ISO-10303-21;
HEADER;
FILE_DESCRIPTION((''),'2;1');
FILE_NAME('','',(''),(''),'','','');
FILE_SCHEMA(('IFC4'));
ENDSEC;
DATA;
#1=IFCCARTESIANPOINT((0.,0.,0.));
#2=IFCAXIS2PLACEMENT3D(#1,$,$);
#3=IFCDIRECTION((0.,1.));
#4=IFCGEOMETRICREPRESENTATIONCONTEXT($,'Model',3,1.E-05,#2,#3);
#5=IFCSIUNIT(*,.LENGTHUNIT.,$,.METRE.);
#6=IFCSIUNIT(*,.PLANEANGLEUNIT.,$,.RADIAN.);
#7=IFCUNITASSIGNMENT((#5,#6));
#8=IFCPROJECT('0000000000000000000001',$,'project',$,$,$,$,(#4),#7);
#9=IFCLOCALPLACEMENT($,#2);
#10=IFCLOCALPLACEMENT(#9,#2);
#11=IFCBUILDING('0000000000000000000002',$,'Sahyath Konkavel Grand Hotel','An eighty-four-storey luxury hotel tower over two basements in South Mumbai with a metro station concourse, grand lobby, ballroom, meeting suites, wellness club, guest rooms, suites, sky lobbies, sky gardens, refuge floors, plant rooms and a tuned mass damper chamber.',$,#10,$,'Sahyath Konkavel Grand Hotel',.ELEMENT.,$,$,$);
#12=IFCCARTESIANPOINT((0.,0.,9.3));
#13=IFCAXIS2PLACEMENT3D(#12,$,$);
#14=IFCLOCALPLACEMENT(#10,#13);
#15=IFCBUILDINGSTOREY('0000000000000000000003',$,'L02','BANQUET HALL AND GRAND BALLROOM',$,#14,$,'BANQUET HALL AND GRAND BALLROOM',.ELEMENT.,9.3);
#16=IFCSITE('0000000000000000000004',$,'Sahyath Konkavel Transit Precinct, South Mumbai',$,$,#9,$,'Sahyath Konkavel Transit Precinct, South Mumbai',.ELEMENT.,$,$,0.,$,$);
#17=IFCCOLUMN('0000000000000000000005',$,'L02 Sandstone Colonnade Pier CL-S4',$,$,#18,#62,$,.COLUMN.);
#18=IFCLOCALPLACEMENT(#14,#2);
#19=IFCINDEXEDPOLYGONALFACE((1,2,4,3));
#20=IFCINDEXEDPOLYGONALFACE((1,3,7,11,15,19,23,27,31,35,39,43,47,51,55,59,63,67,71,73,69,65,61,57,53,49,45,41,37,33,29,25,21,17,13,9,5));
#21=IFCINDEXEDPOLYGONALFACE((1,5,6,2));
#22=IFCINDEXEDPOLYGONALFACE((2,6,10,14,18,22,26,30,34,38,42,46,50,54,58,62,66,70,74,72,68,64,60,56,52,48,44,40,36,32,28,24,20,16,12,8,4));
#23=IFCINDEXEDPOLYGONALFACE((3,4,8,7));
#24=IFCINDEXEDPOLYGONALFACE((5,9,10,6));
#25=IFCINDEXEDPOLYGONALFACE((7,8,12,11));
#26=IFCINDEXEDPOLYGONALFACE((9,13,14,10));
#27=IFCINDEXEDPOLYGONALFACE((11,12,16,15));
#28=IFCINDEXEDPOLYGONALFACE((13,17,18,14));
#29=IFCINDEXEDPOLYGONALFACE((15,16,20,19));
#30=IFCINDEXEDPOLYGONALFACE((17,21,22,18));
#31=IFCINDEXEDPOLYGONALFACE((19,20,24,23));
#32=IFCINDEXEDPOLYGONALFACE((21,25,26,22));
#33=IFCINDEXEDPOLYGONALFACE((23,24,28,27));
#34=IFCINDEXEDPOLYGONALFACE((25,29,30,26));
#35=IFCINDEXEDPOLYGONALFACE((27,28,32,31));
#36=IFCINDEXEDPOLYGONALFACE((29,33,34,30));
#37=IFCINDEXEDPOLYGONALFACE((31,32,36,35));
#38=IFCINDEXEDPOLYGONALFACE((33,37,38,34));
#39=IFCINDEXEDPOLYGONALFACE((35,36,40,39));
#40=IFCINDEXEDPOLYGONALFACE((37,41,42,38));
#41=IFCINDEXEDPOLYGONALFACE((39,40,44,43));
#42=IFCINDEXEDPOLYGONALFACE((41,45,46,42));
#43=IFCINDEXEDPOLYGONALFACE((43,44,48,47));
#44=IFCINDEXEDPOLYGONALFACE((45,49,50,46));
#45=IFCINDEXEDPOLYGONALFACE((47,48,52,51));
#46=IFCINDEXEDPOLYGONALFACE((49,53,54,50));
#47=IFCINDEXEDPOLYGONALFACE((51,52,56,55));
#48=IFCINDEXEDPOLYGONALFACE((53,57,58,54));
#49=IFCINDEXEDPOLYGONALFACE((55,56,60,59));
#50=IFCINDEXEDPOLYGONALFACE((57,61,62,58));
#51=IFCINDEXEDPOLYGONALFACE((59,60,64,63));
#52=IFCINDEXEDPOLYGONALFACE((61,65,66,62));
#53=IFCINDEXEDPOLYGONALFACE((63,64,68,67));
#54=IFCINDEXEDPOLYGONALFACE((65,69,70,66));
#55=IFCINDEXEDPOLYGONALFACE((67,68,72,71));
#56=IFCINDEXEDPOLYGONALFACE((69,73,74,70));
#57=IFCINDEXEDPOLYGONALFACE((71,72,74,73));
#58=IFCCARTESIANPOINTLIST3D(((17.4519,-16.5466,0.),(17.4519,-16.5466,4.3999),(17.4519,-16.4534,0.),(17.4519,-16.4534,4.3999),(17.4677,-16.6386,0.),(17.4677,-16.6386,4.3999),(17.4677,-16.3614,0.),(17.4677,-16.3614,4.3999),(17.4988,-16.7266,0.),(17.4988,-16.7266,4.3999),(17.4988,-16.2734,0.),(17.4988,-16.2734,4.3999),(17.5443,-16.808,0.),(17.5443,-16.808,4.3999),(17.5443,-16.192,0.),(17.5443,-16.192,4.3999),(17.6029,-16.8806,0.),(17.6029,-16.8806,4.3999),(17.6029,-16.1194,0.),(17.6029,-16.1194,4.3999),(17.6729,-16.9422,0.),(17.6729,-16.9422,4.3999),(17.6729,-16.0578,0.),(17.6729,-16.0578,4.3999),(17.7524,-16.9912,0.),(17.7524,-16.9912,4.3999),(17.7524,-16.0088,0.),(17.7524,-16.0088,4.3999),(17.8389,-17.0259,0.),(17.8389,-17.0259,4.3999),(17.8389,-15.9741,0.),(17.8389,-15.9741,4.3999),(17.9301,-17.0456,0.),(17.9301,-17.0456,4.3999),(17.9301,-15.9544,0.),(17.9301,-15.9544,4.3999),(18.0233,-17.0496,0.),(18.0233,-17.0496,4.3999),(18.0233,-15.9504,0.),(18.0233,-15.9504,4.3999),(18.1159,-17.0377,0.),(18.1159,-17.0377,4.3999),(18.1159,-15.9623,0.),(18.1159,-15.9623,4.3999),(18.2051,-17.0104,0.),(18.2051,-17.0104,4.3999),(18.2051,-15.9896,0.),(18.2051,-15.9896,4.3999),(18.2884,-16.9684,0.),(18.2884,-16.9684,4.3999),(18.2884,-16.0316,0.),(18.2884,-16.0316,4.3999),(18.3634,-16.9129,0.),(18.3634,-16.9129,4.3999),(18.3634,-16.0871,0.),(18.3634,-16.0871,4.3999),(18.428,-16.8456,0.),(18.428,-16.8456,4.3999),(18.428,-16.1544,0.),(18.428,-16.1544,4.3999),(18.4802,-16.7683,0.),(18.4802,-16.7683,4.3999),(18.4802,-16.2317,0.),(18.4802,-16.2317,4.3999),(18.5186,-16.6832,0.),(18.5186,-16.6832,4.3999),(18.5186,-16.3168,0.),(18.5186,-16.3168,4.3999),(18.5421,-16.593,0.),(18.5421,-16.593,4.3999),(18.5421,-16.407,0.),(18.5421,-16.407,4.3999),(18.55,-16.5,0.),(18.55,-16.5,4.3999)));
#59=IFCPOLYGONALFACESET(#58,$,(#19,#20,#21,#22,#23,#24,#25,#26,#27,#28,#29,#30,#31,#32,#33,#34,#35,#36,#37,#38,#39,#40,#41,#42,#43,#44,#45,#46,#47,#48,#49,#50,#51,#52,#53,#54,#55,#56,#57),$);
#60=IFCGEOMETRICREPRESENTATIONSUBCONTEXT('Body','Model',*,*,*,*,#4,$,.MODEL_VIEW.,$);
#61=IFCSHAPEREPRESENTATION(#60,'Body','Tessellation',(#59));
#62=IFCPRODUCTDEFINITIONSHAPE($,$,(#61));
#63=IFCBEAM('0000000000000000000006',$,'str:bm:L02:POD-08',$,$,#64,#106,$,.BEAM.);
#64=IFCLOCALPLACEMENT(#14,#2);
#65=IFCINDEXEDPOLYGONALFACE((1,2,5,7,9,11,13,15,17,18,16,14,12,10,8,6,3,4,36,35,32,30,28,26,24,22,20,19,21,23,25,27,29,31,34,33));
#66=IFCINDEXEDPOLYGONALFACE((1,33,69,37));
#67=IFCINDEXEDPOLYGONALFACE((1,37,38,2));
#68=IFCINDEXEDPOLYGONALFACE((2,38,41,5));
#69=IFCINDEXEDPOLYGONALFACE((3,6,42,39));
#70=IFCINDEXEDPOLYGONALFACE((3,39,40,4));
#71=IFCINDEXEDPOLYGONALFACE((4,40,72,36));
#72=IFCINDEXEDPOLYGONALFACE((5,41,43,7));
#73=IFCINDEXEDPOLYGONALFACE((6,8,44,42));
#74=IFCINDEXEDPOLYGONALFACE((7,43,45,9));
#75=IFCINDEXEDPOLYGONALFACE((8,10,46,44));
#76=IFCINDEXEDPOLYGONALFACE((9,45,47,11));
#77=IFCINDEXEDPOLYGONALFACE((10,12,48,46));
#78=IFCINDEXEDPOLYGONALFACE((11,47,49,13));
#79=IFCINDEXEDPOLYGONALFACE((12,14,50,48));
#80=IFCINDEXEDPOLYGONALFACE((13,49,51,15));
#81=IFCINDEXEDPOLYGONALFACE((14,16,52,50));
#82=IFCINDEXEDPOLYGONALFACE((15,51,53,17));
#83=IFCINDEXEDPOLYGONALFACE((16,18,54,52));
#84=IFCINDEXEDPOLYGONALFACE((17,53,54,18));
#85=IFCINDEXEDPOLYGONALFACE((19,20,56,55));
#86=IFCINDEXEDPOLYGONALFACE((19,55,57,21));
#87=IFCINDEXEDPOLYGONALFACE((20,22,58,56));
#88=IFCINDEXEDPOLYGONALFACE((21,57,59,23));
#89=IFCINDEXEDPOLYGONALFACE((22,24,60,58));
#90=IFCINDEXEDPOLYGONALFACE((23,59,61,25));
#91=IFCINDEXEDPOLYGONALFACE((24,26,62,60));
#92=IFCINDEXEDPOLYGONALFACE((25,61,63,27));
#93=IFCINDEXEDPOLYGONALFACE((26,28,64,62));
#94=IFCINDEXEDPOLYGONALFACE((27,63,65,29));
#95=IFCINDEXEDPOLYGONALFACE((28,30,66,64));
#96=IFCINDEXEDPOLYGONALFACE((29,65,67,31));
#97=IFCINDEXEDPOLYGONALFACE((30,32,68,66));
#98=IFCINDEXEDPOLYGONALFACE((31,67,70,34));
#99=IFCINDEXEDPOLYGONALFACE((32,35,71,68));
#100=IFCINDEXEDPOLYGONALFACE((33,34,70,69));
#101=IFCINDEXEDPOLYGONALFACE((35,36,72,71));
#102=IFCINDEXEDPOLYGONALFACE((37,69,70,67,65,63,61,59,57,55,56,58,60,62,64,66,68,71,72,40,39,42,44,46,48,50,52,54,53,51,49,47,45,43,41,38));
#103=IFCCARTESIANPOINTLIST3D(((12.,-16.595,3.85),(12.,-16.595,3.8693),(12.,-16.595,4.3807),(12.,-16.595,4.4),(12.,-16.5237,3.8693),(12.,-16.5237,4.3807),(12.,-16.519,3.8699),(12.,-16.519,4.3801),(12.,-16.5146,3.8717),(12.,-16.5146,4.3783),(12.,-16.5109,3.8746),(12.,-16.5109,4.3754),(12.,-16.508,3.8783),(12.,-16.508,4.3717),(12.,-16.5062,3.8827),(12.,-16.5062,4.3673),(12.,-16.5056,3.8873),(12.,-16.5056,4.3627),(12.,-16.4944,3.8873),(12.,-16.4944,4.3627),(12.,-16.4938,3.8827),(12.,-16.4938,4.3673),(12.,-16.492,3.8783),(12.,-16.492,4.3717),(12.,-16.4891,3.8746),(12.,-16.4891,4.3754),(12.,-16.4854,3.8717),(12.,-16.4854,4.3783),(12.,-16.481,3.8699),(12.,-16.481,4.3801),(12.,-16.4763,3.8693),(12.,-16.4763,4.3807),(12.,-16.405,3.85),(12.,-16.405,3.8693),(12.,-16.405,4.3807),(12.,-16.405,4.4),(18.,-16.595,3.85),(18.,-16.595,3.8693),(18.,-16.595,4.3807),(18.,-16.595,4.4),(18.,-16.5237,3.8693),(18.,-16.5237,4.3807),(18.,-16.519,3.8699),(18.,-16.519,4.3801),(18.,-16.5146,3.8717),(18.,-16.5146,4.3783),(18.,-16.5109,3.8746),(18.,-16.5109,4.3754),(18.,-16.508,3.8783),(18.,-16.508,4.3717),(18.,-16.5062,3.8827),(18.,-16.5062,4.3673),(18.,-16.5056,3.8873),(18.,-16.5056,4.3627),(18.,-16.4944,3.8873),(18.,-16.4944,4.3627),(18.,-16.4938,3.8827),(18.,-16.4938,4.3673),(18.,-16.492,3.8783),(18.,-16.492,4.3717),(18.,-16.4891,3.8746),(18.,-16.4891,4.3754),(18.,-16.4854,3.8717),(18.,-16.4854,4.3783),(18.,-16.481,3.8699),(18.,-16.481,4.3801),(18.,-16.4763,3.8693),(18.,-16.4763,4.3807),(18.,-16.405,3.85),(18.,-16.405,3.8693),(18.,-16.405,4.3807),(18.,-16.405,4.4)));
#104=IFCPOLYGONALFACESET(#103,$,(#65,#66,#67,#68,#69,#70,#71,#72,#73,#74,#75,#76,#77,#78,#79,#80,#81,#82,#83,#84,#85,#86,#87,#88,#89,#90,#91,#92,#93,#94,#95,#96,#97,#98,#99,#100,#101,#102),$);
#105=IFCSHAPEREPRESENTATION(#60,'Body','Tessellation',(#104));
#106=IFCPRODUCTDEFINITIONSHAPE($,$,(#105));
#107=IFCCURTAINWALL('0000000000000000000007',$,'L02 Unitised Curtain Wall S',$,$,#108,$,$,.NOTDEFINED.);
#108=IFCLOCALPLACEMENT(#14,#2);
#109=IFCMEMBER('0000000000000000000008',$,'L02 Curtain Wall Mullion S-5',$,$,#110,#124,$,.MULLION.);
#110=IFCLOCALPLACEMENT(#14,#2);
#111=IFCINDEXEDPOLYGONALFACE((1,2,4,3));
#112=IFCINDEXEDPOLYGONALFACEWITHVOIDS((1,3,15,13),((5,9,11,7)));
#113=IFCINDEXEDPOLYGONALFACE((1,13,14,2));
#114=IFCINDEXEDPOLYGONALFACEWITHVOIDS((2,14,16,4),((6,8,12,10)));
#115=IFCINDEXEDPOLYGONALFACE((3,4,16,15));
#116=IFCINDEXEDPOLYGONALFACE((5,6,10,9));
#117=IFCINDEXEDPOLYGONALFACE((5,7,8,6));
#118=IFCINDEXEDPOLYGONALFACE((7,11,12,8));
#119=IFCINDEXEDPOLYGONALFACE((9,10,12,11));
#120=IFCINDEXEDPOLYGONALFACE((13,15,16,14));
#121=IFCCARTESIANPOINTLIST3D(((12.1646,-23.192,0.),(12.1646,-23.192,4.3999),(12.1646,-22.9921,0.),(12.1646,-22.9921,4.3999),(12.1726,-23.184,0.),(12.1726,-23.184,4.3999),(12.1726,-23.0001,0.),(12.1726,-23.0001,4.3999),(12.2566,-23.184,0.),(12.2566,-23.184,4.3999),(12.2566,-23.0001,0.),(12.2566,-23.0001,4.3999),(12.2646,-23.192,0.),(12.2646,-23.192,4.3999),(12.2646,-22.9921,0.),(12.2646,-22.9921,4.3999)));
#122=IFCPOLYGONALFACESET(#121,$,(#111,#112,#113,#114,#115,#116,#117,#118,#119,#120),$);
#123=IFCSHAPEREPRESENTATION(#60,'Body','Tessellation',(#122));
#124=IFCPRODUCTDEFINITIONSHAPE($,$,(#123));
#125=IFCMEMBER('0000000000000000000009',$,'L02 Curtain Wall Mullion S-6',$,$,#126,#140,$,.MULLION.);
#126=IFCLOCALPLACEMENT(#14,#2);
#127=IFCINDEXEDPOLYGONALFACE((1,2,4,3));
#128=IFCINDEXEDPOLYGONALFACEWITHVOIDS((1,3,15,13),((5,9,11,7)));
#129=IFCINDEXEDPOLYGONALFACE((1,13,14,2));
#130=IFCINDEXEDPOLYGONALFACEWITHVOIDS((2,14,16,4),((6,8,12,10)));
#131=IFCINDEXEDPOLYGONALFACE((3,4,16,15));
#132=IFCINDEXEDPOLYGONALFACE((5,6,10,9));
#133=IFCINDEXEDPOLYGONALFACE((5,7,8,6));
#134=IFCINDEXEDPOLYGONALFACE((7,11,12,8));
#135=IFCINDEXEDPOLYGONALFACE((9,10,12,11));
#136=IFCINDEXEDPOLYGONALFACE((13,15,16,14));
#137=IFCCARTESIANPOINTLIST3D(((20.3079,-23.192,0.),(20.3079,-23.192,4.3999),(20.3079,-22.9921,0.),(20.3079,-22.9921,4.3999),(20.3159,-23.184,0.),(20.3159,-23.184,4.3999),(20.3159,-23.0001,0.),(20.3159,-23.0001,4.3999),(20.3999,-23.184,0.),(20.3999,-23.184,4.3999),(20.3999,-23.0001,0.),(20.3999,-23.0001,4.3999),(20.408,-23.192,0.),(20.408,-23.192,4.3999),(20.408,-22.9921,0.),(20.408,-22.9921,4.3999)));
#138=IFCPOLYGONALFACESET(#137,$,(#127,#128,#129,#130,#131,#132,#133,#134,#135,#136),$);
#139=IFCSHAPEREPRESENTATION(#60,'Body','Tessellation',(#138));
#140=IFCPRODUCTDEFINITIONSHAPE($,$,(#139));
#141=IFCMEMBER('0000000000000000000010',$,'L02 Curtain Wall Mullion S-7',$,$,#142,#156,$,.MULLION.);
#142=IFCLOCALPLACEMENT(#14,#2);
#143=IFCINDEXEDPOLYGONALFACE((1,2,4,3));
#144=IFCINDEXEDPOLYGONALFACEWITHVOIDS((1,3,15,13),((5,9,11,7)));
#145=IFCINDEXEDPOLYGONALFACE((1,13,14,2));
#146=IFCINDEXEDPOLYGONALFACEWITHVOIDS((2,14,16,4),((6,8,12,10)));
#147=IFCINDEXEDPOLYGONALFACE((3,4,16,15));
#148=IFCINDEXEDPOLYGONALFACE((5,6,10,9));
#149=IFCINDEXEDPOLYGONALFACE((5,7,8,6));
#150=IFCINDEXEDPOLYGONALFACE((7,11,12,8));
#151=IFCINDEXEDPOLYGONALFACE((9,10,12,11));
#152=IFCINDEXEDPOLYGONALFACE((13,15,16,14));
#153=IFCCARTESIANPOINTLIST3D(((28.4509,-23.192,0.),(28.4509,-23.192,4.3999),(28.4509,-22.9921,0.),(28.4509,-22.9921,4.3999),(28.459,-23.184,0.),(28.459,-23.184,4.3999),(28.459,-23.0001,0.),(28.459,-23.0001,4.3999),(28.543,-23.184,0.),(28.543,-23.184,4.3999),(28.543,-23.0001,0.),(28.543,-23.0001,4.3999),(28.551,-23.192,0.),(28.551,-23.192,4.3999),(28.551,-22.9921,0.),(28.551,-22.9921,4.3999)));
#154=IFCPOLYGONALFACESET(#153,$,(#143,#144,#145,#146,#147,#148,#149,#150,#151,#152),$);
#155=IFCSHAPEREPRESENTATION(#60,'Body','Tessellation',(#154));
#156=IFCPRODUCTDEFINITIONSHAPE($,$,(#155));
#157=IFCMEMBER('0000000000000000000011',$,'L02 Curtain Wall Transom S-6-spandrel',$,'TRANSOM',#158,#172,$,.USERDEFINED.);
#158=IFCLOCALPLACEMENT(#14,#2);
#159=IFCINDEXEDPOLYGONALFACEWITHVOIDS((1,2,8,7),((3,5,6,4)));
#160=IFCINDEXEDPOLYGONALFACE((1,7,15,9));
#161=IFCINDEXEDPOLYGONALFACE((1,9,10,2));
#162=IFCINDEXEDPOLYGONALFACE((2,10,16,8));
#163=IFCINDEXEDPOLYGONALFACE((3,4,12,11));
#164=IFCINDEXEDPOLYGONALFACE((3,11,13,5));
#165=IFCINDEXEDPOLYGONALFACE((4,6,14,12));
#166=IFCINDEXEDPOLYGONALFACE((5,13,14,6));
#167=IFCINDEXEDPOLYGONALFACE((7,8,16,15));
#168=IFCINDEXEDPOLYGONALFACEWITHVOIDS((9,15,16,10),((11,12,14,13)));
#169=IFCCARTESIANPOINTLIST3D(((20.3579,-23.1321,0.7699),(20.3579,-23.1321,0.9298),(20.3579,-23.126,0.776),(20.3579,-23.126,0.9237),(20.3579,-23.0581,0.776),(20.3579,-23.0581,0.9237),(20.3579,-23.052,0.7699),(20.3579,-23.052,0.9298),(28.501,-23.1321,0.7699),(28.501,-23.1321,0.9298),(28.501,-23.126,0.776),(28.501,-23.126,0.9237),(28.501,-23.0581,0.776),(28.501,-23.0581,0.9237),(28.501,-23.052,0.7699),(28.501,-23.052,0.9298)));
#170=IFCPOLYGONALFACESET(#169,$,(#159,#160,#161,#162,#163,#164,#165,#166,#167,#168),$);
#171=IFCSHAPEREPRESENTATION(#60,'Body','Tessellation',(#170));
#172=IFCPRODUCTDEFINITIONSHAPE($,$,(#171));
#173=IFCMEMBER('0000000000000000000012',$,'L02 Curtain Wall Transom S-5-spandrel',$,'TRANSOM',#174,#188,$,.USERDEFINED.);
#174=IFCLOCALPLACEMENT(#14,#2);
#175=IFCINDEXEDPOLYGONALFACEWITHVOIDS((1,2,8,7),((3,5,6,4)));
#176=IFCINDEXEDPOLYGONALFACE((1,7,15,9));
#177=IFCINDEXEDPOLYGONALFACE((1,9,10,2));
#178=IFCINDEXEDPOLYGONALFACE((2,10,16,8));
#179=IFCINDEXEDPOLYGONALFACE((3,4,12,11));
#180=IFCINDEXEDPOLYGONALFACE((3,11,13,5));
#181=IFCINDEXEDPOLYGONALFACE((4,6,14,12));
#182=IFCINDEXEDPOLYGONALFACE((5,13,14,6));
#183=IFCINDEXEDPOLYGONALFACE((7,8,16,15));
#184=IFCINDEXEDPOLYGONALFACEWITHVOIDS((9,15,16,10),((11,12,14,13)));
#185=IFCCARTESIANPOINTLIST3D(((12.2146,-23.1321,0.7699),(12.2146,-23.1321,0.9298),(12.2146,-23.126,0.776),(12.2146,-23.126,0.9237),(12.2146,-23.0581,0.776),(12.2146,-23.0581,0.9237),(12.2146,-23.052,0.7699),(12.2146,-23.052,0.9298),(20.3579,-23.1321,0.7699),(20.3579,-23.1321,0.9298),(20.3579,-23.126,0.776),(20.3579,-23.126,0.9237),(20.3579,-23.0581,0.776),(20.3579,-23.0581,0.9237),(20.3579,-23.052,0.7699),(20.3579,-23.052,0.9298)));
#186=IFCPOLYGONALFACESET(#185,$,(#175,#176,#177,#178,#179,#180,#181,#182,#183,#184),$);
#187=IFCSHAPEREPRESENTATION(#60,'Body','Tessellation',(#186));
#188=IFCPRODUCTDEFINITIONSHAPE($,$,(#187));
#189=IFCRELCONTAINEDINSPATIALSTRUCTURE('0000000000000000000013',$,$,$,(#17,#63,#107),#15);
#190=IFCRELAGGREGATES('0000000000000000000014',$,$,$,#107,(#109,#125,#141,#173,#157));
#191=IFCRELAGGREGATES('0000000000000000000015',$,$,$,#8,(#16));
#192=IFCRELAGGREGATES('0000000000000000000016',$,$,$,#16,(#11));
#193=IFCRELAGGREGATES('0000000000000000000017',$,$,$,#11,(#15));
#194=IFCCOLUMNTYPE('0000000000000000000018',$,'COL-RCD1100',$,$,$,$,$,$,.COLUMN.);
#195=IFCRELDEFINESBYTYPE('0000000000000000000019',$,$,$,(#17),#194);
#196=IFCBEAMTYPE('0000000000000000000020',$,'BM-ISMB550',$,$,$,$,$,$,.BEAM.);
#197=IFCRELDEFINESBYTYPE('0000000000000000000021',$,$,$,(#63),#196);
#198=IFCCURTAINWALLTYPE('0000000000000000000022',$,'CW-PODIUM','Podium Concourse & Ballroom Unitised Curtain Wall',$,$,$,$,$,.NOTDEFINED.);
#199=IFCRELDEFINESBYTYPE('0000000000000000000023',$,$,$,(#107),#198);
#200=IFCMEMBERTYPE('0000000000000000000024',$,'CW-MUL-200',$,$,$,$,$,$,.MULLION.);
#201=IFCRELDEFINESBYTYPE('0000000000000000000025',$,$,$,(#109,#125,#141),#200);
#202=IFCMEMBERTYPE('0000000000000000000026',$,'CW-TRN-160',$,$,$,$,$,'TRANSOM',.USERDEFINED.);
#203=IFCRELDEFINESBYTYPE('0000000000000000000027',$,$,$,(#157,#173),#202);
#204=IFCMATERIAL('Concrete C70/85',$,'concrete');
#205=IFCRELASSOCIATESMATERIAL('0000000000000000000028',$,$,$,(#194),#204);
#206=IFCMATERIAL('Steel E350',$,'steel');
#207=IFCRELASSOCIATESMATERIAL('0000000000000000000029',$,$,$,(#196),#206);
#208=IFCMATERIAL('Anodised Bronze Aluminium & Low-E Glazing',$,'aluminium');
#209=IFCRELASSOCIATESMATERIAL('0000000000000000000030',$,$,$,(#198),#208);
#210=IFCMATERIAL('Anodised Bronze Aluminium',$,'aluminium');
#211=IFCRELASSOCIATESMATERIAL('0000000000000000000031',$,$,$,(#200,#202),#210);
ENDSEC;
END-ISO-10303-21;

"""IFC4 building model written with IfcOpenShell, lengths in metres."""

from ifc_helpers import new_model, si_unit, direction, frame, origin, origin_2d, place, context, subcontext, project, spatial, hollow_rectangle, circle, i_section, extrude, source, transform, mapped, material, material_profile, profile_set, type_object, element, aggregate, save


model = new_model("IFC4")

# Units and contexts
model_context = context("Model", 3, precision=1e-05, world=origin(), true_north=direction((0.0, 1.0)))
body_context = subcontext(model_context, "Body", "Model", "MODEL_VIEW")
ifc_project = project(units=[si_unit("LENGTHUNIT", "METRE"), si_unit("PLANEANGLEUNIT", "RADIAN")], contexts=[model_context])

# Site, building, storey
site_placement = place(None, origin())
site = spatial("IfcSite", under=ifc_project, at=site_placement, Name="Sahyath Konkavel Transit Precinct, South Mumbai", LongName="Sahyath Konkavel Transit Precinct, South Mumbai", CompositionType="ELEMENT", RefElevation=0.0)
building_placement = place(site_placement, origin())
building = spatial("IfcBuilding", under=site, at=building_placement, Name="Sahyath Konkavel Grand Hotel", Description="An eighty-four-storey luxury hotel tower over two basements in South Mumbai with a metro station concourse, grand lobby, ballroom, meeting suites, wellness club, guest rooms, suites, sky lobbies, sky gardens, refuge floors, plant rooms and a tuned mass damper chamber.", LongName="Sahyath Konkavel Grand Hotel", CompositionType="ELEMENT")
storey_placement = place(building_placement, frame((0.0, 0.0, 9.3)))
storey = spatial("IfcBuildingStorey", under=building, at=storey_placement, Name="L02", Description="BANQUET HALL AND GRAND BALLROOM", LongName="BANQUET HALL AND GRAND BALLROOM", CompositionType="ELEMENT", Elevation=9.3)

# Column
ifc_material_1 = material(Name="Concrete C70/85", Category="concrete")
ifc_material_profile_1 = material_profile(ifc_material_1, circle(Radius=0.55, at=origin_2d()), Name="RC D1100")
ifc_profile_set_1 = profile_set([ifc_material_profile_1], Name="Concrete C70/85")
column_type = type_object("IfcColumnType", Name="COL-RCD1100", PredefinedType="COLUMN", material=ifc_profile_set_1)
shared_shape_1 = source(origin(), body_context, "Body", "SweptSolid", [
    extrude(circle(Radius=0.55, at=origin_2d()), origin(), (0.0, 0.0, 1.0), 4.3999),
])
column_placement = place(storey_placement, frame((18.0, -16.5, 0.0), z_axis=(0.0, 0.0, 1.0), x_axis=(1.0, 0.0, 0.0)))
element("IfcColumn", 1, at=column_placement, inside=storey, type_object=column_type, Name="L02 Sandstone Colonnade Pier CL-S4", PredefinedType="COLUMN", context=body_context, shape_type="MappedRepresentation", body=[
    mapped(shared_shape_1, transform((0.0, 0.0, 0.0), scale=1.0)),
])

# Beam
ifc_material_2 = material(Name="Steel E350", Category="steel")
ifc_material_profile_2 = material_profile(ifc_material_2, i_section(OverallWidth=0.1899, OverallDepth=0.55, WebThickness=0.0112, FlangeThickness=0.0193, FilletRadius=0.0181, at=origin_2d()), Name="ISMB 550")
ifc_profile_set_2 = profile_set([ifc_material_profile_2], Name="Steel E350")
beam_type = type_object("IfcBeamType", Name="BM-ISMB550", PredefinedType="BEAM", material=ifc_profile_set_2)
shared_shape_2 = source(origin(), body_context, "Body", "SweptSolid", [
    extrude(i_section(OverallWidth=0.1899, OverallDepth=0.55, WebThickness=0.0112, FlangeThickness=0.0193, FilletRadius=0.0181, at=origin_2d()), origin(), (0.0, 0.0, 1.0), 6.0),
])
beam_placement = place(storey_placement, frame((12.0, -16.5, 4.125), z_axis=(1.0, 0.0, 0.0), x_axis=(0.0, 1.0, 0.0)))
element("IfcBeam", 2, at=beam_placement, inside=storey, type_object=beam_type, Name="str:bm:L02:POD-08", PredefinedType="BEAM", context=body_context, shape_type="MappedRepresentation", body=[
    mapped(shared_shape_2, transform((0.0, 0.0, 0.0), scale=1.0)),
])

# Curtain wall, members
ifc_material_3 = material(Name="Anodised Bronze Aluminium & Low-E Glazing", Category="aluminium")
curtain_wall_type = type_object("IfcCurtainWallType", Name="CW-PODIUM", Description="Podium Concourse & Ballroom Unitised Curtain Wall", PredefinedType="NOTDEFINED", material=ifc_material_3)
curtain_wall_placement = place(storey_placement, origin())
curtain_wall = element("IfcCurtainWall", 3, at=curtain_wall_placement, inside=storey, type_object=curtain_wall_type, Name="L02 Unitised Curtain Wall S", PredefinedType="NOTDEFINED")
ifc_material_4 = material(Name="Anodised Bronze Aluminium", Category="aluminium")
ifc_material_profile_3 = material_profile(ifc_material_4, hollow_rectangle(XDim=0.1001, YDim=0.2, WallThickness=0.0081, at=origin_2d()), Name="RHS 200x100x8")
ifc_profile_set_3 = profile_set([ifc_material_profile_3], Name="Anodised Bronze Aluminium")
member_type_1 = type_object("IfcMemberType", Name="CW-MUL-200", PredefinedType="MULLION", material=ifc_profile_set_3)
shared_shape_3 = source(origin(), body_context, "Body", "SweptSolid", [
    extrude(hollow_rectangle(XDim=0.1001, YDim=0.2, WallThickness=0.0081, at=origin_2d()), origin(), (0.0, 0.0, 1.0), 4.3999),
])
member_1_placement = place(storey_placement, frame((12.2146, -23.092, 0.0), z_axis=(0.0, 0.0, 1.0), x_axis=(1.0, 0.0, 0.0)))
member_1 = element("IfcMember", 4, at=member_1_placement, type_object=member_type_1, Name="L02 Curtain Wall Mullion S-5", PredefinedType="MULLION", context=body_context, shape_type="MappedRepresentation", body=[
    mapped(shared_shape_3, transform((0.0, 0.0, 0.0), scale=1.0)),
])
member_2_placement = place(storey_placement, frame((20.3579, -23.092, 0.0), z_axis=(0.0, 0.0, 1.0), x_axis=(1.0, 0.0, 0.0)))
member_2 = element("IfcMember", 5, at=member_2_placement, type_object=member_type_1, Name="L02 Curtain Wall Mullion S-6", PredefinedType="MULLION", context=body_context, shape_type="MappedRepresentation", body=[
    mapped(shared_shape_3, transform((0.0, 0.0, 0.0), scale=1.0)),
])
member_3_placement = place(storey_placement, frame((28.501, -23.092, 0.0), z_axis=(0.0, 0.0, 1.0), x_axis=(1.0, 0.0, 0.0)))
member_3 = element("IfcMember", 6, at=member_3_placement, type_object=member_type_1, Name="L02 Curtain Wall Mullion S-7", PredefinedType="MULLION", context=body_context, shape_type="MappedRepresentation", body=[
    mapped(shared_shape_3, transform((0.0, 0.0, 0.0), scale=1.0)),
])
ifc_material_profile_4 = material_profile(ifc_material_4, hollow_rectangle(XDim=0.0801, YDim=0.1599, WallThickness=0.0061, at=origin_2d()), Name="RHS 160x80x6")
ifc_profile_set_4 = profile_set([ifc_material_profile_4], Name="Anodised Bronze Aluminium")
member_type_2 = type_object("IfcMemberType", Name="CW-TRN-160", ElementType="TRANSOM", PredefinedType="USERDEFINED", material=ifc_profile_set_4)
shared_shape_4 = source(origin(), body_context, "Body", "SweptSolid", [
    extrude(hollow_rectangle(XDim=0.0801, YDim=0.1599, WallThickness=0.0061, at=origin_2d()), origin(), (0.0, 0.0, 1.0), 8.1431),
])
member_4_placement = place(storey_placement, frame((20.3579, -23.092, 0.8499), z_axis=(1.0, 0.0, 0.0), x_axis=(0.0, 1.0, 0.0)))
member_4 = element("IfcMember", 7, at=member_4_placement, type_object=member_type_2, Name="L02 Curtain Wall Transom S-6-spandrel", ObjectType="TRANSOM", PredefinedType="USERDEFINED", context=body_context, shape_type="MappedRepresentation", body=[
    mapped(shared_shape_4, transform((0.0, 0.0, 0.0), scale=1.0)),
])
shared_shape_5 = source(origin(), body_context, "Body", "SweptSolid", [
    extrude(hollow_rectangle(XDim=0.0801, YDim=0.1599, WallThickness=0.0061, at=origin_2d()), origin(), (0.0, 0.0, 1.0), 8.1433),
])
member_5_placement = place(storey_placement, frame((12.2146, -23.092, 0.8499), z_axis=(1.0, 0.0, 0.0), x_axis=(0.0, 1.0, 0.0)))
member_5 = element("IfcMember", 8, at=member_5_placement, type_object=member_type_2, Name="L02 Curtain Wall Transom S-5-spandrel", ObjectType="TRANSOM", PredefinedType="USERDEFINED", context=body_context, shape_type="MappedRepresentation", body=[
    mapped(shared_shape_5, transform((0.0, 0.0, 0.0), scale=1.0)),
])
aggregate(curtain_wall, [member_1, member_2, member_3, member_5, member_4])

save(model, "model.ifc")
